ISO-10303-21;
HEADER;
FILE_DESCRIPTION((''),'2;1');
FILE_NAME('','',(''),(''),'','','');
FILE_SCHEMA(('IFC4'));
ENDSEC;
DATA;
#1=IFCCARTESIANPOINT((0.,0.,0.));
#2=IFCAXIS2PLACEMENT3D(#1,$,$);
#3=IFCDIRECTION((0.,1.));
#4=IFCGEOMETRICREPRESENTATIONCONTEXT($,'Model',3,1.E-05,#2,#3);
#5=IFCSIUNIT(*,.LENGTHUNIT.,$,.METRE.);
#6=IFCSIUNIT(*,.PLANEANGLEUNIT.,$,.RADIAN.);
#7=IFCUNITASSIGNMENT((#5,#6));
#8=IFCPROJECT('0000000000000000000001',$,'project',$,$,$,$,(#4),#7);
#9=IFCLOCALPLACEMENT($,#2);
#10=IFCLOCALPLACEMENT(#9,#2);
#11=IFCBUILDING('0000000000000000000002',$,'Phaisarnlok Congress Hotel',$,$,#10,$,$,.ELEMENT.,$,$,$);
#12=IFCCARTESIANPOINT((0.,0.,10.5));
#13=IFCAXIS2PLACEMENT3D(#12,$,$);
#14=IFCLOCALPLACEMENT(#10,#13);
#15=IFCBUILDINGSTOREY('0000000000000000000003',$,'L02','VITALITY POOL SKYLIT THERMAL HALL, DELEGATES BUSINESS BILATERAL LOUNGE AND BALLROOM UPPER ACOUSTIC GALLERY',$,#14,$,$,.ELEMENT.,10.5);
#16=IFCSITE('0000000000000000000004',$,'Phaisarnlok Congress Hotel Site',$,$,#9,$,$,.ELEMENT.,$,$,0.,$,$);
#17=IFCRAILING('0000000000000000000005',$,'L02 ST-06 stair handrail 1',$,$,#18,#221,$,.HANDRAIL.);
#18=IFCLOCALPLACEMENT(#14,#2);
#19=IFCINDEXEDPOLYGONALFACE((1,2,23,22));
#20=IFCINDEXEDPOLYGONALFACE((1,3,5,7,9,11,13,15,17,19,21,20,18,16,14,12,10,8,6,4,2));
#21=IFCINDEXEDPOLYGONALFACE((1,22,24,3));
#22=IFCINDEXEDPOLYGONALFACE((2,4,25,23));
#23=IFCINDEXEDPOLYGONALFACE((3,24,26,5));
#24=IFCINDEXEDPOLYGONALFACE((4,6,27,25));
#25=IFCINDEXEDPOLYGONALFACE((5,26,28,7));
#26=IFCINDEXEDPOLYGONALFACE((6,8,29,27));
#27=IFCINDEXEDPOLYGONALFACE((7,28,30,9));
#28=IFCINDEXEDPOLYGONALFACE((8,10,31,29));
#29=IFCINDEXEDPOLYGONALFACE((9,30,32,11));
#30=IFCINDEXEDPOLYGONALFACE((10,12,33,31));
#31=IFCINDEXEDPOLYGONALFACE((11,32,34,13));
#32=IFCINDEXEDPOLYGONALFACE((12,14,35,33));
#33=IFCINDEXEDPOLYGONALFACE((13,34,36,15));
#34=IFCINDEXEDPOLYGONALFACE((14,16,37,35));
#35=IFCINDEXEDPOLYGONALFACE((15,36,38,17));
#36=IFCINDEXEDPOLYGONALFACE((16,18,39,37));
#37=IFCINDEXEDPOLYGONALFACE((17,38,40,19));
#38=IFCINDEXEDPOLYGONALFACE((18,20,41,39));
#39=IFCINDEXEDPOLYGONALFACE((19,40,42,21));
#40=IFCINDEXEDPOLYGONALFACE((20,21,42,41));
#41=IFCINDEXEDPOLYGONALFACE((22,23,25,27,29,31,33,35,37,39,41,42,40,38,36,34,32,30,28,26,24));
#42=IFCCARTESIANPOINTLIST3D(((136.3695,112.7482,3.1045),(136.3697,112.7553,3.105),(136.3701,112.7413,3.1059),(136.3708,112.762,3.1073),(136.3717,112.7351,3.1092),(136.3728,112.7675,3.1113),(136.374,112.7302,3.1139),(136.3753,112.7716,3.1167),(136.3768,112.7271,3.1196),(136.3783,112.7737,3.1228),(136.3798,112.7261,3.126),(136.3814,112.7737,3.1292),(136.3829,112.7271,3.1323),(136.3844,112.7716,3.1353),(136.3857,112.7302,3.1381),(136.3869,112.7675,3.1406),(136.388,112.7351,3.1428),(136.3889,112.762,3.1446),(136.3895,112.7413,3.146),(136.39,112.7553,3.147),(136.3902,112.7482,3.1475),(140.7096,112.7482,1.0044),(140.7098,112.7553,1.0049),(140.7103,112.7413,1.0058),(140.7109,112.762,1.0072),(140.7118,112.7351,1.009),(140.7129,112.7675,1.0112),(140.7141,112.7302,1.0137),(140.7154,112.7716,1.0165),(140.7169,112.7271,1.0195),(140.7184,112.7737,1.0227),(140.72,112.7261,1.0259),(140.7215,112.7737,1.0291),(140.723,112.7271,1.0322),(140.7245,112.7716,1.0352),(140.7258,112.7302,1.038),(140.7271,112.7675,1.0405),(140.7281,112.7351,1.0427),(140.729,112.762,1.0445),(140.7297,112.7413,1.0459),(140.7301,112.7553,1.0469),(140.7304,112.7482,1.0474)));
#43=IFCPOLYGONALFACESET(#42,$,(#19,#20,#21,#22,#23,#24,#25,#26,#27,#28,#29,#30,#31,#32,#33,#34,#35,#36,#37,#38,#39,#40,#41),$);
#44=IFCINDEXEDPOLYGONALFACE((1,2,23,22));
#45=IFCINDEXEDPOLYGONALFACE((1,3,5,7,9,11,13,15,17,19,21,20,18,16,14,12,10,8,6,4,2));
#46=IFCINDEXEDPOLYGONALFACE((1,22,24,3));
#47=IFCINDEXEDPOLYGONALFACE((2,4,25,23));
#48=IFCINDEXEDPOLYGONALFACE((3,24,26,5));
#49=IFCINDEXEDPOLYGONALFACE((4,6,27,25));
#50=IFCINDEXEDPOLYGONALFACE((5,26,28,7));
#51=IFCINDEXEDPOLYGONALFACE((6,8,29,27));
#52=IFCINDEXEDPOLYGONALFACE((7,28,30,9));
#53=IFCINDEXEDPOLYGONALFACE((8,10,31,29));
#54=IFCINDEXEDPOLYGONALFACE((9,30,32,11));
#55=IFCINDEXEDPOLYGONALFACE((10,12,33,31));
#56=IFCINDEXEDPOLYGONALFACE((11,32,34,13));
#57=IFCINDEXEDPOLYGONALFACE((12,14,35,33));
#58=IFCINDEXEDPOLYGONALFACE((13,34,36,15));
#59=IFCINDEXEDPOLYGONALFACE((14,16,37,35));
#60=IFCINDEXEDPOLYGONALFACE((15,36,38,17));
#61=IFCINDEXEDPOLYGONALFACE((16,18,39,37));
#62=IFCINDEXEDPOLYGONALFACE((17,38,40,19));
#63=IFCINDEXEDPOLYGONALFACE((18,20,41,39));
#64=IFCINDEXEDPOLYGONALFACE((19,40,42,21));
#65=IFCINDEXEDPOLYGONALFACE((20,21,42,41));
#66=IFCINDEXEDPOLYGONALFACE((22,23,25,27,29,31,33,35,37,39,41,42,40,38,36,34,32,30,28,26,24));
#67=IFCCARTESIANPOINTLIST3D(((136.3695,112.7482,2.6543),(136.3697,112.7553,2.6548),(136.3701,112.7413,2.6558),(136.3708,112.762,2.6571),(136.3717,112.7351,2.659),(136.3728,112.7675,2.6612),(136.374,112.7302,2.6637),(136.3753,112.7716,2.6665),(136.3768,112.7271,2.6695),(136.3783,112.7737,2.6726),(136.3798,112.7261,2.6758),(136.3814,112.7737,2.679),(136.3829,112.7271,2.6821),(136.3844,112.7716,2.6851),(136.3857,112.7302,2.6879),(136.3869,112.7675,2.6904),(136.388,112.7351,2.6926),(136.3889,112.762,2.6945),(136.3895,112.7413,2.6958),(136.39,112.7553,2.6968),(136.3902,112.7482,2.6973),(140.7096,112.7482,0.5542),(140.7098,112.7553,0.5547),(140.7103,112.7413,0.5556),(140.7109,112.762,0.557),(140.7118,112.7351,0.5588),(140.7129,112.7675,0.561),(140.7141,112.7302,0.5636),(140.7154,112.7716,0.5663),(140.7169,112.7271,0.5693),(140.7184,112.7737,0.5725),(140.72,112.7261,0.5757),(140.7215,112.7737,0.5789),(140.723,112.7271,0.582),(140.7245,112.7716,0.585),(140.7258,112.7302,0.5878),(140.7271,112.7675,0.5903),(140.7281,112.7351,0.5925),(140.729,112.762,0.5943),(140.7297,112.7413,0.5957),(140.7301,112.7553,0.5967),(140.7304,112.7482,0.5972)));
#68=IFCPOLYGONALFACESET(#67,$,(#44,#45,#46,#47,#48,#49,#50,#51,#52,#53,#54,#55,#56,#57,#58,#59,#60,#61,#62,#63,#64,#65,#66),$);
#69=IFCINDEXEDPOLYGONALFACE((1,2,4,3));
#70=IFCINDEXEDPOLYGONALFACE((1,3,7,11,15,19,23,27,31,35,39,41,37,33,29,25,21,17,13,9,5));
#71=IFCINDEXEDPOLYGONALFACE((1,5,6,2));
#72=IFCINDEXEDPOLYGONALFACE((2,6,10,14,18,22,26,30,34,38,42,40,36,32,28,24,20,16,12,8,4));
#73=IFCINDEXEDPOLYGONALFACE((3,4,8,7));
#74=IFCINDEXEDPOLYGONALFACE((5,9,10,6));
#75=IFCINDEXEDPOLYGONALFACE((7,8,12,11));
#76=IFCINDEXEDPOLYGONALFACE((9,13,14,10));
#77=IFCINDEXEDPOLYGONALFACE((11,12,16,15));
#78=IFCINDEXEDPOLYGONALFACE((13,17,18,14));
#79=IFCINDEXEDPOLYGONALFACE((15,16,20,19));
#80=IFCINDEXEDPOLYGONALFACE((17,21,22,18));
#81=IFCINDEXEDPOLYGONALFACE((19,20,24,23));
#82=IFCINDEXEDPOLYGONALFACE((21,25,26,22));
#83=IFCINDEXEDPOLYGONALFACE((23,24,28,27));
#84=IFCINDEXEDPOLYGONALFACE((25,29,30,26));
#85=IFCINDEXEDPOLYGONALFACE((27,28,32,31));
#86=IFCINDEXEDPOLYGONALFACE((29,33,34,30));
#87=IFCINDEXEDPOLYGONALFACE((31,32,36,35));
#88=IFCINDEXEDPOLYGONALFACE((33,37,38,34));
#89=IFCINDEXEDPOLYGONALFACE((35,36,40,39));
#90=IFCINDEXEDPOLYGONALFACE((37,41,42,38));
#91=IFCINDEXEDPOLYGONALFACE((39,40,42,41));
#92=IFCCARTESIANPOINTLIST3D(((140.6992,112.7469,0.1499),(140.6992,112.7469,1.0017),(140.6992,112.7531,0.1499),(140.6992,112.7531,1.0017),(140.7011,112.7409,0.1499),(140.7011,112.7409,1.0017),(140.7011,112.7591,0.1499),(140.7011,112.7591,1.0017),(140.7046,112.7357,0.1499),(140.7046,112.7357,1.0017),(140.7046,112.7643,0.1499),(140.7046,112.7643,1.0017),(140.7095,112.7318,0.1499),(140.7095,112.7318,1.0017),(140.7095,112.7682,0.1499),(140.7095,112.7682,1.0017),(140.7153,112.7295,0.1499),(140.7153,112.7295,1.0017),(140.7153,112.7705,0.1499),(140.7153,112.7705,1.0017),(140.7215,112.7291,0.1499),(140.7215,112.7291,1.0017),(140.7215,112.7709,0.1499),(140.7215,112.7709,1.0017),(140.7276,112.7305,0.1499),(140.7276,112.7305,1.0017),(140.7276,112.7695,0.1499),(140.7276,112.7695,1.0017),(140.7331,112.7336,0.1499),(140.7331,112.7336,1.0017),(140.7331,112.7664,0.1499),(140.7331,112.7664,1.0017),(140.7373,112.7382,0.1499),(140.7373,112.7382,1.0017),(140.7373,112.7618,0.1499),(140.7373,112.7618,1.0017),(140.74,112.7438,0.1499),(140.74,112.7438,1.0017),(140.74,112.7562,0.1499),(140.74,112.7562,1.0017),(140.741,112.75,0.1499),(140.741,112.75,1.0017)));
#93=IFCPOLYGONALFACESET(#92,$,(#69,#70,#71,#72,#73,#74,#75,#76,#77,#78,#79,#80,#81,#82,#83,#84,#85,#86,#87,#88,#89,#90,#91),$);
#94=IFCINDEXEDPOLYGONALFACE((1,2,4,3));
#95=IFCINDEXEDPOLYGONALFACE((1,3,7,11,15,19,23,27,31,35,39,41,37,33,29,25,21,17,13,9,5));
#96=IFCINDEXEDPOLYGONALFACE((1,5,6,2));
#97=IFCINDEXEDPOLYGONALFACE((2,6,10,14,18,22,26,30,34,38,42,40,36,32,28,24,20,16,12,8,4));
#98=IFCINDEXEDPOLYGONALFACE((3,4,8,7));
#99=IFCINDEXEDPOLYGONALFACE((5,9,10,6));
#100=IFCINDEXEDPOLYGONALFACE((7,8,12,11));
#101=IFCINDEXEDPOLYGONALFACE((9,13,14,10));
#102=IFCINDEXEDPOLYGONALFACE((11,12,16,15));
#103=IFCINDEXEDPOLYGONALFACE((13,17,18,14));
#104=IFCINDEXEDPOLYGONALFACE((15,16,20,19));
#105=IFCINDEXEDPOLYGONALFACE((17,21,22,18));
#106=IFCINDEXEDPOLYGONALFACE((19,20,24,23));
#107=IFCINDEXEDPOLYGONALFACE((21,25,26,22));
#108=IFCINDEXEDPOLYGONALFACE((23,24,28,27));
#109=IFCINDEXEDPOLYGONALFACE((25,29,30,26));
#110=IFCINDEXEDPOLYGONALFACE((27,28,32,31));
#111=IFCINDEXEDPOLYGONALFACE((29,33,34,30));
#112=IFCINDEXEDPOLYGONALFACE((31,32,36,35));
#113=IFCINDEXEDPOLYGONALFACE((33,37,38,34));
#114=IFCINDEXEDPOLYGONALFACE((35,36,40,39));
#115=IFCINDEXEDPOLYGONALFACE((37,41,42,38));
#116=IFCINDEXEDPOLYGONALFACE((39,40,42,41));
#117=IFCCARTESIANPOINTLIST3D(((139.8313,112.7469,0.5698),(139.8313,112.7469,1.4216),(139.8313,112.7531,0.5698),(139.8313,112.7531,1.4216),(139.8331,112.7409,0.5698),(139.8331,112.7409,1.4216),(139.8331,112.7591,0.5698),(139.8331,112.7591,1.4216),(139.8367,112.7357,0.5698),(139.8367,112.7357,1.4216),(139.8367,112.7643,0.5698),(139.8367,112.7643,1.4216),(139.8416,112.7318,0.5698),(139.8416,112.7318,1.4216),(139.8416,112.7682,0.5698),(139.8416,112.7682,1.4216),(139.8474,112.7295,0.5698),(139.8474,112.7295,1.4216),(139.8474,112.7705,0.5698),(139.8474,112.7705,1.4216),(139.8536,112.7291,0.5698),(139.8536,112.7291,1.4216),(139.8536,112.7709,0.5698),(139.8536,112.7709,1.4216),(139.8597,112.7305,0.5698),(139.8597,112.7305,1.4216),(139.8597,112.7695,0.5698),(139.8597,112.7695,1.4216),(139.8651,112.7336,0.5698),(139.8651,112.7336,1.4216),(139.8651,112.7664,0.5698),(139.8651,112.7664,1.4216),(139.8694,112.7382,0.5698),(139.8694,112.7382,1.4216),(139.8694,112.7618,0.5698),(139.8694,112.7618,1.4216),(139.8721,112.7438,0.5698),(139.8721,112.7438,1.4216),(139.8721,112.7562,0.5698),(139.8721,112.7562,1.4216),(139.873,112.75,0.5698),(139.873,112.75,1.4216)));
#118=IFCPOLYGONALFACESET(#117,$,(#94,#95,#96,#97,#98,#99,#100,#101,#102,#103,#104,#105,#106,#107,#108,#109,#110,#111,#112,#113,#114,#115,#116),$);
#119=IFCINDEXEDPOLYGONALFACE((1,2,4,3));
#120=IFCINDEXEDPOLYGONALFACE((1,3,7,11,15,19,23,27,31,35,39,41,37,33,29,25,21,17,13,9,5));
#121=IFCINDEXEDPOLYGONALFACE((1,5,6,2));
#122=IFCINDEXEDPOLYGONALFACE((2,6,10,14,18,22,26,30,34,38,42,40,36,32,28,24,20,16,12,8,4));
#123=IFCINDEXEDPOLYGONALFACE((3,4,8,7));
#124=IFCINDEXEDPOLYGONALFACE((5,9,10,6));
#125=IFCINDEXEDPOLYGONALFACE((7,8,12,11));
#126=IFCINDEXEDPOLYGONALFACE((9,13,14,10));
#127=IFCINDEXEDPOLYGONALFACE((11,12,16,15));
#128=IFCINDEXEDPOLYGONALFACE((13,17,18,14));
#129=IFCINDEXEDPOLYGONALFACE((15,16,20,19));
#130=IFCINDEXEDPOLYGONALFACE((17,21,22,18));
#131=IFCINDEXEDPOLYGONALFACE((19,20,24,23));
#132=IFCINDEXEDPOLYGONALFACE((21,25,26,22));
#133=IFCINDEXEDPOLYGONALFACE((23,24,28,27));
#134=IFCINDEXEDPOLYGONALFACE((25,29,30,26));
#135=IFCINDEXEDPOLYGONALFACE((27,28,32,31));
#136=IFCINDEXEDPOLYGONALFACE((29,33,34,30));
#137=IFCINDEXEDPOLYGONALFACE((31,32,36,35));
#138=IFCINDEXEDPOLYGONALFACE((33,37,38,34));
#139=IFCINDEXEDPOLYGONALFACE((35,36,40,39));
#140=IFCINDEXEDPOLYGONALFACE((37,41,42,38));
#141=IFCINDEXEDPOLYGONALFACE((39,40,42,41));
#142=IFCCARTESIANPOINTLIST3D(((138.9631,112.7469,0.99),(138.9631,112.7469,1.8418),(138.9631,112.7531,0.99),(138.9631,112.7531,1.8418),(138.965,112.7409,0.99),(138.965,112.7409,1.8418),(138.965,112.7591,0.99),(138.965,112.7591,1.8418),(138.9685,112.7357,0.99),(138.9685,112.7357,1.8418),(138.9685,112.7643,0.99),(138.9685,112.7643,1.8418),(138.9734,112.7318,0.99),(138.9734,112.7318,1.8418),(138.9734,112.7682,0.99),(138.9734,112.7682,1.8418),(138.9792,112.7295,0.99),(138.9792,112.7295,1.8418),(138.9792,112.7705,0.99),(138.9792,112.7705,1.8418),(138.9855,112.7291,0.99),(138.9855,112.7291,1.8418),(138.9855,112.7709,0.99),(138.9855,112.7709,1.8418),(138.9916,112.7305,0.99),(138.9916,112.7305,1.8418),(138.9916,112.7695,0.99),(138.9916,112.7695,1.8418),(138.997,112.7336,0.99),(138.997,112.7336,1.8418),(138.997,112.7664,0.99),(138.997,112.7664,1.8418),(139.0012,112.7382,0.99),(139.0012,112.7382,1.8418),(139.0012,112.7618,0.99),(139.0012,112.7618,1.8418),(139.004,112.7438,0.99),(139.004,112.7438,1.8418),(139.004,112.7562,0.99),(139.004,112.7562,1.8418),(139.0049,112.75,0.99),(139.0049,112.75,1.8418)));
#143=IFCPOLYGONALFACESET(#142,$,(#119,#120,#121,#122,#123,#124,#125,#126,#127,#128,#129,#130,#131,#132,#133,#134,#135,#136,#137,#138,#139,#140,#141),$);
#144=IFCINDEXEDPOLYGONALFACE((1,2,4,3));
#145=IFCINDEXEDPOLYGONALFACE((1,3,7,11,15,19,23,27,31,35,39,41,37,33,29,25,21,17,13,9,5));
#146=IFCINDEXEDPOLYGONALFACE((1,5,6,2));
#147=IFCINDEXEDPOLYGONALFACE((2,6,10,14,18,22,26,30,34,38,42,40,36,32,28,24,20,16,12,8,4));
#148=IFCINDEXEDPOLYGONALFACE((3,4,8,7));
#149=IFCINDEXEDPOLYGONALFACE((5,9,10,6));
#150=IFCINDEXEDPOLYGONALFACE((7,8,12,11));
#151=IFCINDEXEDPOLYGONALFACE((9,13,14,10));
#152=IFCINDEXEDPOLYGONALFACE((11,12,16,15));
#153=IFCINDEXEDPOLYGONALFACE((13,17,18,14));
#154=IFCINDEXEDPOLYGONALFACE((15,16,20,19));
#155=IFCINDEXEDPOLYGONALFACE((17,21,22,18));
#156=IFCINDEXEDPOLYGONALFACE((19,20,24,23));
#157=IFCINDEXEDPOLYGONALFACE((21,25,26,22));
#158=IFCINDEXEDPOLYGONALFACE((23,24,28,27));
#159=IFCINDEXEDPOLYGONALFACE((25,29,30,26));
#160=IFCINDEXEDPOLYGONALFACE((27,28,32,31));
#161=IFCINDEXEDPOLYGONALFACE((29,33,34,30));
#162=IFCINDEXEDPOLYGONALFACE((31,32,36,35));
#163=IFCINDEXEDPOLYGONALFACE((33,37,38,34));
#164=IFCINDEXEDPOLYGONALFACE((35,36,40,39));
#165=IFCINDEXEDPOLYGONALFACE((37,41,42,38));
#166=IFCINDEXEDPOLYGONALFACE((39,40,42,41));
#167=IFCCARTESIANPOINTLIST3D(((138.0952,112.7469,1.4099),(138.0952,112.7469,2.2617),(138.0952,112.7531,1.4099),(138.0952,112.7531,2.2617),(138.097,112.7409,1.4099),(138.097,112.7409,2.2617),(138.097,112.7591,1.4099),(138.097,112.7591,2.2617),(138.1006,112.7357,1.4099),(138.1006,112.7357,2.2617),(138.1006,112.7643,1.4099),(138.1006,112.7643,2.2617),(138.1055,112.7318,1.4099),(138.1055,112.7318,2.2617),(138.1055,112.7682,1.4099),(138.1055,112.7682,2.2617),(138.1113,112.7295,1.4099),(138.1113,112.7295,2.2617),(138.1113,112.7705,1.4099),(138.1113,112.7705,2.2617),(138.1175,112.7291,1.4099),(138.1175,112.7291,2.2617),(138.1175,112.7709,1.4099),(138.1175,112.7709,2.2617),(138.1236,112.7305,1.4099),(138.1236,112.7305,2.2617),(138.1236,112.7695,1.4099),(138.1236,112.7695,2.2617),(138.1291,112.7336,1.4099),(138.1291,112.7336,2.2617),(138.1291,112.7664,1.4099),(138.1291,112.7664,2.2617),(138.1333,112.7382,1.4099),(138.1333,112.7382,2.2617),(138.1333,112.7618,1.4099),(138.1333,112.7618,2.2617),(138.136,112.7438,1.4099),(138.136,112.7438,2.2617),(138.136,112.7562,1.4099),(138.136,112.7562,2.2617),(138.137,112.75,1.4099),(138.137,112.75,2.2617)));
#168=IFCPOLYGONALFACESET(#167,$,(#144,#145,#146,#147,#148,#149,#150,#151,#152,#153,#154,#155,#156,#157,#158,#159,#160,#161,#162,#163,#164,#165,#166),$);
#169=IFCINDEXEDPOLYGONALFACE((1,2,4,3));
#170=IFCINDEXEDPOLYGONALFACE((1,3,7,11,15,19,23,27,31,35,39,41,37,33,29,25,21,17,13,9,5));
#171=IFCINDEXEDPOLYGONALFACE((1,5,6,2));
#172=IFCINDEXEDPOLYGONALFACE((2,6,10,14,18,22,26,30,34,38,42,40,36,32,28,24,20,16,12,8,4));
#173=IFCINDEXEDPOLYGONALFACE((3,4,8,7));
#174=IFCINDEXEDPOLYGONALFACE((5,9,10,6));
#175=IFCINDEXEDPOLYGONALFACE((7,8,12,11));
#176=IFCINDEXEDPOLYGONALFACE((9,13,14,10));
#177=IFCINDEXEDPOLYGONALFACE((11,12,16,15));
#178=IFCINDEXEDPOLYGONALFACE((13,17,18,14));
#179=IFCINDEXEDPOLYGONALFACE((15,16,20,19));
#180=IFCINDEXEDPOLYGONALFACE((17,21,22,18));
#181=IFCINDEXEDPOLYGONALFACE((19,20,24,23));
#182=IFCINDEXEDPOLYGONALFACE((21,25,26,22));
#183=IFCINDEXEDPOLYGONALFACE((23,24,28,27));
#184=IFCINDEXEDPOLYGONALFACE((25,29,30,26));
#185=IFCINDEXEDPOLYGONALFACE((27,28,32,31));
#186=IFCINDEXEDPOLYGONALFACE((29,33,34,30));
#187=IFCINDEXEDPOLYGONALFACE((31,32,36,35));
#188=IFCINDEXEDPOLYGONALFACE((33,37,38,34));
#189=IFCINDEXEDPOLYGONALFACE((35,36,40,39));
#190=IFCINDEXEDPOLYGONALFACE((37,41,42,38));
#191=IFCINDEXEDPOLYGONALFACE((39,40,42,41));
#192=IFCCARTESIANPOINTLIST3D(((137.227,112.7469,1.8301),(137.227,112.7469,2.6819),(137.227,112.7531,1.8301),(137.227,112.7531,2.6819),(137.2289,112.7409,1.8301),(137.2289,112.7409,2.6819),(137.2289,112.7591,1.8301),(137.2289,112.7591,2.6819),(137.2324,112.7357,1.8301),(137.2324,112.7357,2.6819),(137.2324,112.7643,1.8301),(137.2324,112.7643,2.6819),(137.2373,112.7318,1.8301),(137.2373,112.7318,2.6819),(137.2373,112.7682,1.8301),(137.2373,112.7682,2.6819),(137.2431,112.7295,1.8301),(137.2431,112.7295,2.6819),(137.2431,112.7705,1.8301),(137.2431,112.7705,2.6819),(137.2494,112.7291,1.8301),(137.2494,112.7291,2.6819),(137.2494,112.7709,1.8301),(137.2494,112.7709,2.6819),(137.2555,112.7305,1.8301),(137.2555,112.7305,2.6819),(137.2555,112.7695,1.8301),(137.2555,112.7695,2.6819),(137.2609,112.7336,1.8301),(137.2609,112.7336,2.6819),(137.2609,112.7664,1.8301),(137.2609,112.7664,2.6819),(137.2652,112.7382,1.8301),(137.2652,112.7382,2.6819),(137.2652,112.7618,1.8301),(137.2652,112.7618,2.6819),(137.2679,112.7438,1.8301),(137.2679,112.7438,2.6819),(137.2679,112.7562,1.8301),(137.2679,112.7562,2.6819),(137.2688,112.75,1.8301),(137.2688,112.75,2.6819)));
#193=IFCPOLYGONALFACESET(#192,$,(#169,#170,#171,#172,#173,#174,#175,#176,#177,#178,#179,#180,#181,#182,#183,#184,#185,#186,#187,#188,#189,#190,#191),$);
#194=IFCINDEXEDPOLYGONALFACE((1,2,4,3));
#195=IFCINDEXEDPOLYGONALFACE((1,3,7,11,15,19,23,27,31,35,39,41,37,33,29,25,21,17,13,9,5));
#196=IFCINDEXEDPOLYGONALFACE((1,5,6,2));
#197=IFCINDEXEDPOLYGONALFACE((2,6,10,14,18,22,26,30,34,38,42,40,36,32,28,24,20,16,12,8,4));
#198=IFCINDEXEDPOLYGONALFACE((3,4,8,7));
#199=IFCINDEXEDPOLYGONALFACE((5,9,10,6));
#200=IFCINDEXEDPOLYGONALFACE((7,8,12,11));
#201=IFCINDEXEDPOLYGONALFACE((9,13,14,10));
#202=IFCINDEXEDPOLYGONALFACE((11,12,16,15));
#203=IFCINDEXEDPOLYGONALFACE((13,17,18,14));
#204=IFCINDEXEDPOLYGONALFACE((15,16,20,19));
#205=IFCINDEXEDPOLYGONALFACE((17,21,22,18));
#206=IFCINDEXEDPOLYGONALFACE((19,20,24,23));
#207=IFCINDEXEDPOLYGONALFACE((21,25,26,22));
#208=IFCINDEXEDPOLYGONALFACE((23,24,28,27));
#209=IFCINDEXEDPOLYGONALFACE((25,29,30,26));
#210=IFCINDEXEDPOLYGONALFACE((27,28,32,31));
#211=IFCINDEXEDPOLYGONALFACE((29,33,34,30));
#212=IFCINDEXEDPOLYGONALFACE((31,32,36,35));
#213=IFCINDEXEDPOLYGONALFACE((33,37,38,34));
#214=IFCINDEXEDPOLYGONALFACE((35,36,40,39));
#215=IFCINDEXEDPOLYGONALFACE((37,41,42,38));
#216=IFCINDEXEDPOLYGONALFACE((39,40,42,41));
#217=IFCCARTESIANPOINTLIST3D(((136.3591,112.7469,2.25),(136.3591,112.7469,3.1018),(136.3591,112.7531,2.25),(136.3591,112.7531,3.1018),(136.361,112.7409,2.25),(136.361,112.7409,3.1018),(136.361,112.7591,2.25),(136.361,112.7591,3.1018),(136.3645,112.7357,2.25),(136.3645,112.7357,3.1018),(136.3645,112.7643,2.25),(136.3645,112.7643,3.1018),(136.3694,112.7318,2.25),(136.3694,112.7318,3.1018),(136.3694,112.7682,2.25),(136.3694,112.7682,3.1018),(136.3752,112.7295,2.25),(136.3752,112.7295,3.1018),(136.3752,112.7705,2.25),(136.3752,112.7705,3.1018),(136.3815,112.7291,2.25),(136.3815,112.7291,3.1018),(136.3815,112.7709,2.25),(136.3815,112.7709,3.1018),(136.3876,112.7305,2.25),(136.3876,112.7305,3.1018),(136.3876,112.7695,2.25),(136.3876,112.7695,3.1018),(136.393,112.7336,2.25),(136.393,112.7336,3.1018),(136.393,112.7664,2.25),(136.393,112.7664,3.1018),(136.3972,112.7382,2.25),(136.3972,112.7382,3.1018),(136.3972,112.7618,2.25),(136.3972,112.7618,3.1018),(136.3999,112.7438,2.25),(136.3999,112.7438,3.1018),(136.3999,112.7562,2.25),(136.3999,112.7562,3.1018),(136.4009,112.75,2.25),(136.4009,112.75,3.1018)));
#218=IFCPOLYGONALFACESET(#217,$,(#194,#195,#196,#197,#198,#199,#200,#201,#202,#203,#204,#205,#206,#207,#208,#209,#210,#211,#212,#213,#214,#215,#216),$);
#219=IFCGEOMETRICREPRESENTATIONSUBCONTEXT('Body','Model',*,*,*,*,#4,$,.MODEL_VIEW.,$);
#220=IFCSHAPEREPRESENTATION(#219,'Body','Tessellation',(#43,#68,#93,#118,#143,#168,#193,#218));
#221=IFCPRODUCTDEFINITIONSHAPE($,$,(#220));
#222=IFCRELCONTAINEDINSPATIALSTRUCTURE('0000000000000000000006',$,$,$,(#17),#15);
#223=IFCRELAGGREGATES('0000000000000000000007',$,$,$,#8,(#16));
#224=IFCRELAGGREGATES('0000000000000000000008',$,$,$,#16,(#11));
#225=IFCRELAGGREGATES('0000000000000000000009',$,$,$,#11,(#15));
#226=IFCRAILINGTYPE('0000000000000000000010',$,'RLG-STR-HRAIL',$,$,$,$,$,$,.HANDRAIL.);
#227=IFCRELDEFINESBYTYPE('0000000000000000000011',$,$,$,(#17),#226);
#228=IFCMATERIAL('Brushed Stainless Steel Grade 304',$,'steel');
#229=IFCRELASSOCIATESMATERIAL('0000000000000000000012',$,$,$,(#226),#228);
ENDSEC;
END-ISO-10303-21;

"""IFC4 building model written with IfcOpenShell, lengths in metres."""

from ifc_helpers import new_model, si_unit, direction, frame, origin, origin_2d, place, context, subcontext, project, spatial, circle, extrude, material, type_object, element, save


model = new_model("IFC4")

# Units and contexts
model_context = context("Model", 3, precision=1e-05, world=origin(), true_north=direction((0.0, 1.0)))
body_context = subcontext(model_context, "Body", "Model", "MODEL_VIEW")
ifc_project = project(units=[si_unit("LENGTHUNIT", "METRE"), si_unit("PLANEANGLEUNIT", "RADIAN")], contexts=[model_context])

# Site, building, storey
site_placement = place(None, origin())
site = spatial("IfcSite", under=ifc_project, at=site_placement, Name="Phaisarnlok Congress Hotel Site", CompositionType="ELEMENT", RefElevation=0.0)
building_placement = place(site_placement, origin())
building = spatial("IfcBuilding", under=site, at=building_placement, Name="Phaisarnlok Congress Hotel", CompositionType="ELEMENT")
storey_placement = place(building_placement, frame((0.0, 0.0, 10.5)))
storey = spatial("IfcBuildingStorey", under=building, at=storey_placement, Name="L02", Description="VITALITY POOL SKYLIT THERMAL HALL, DELEGATES BUSINESS BILATERAL LOUNGE AND BALLROOM UPPER ACOUSTIC GALLERY", CompositionType="ELEMENT", Elevation=10.5)

# Shared definitions
ifc_material_1 = material(Name="Brushed Stainless Steel Grade 304", Category="steel")

# Railing
railing_type_1 = type_object("IfcRailingType", Name="RLG-STR-HRAIL", PredefinedType="HANDRAIL", material=ifc_material_1)
railing_1_placement = place(storey_placement, frame((140.72, 112.75, 0.1499)))
element("IfcRailing", 1, at=railing_1_placement, inside=storey, type_object=railing_type_1, Name="L02 ST-06 stair handrail 1", PredefinedType="HANDRAIL", context=body_context, shape_type="SweptSolid", body=[
    extrude(circle(Radius=0.0239, at=origin_2d()), frame((0.0, 0.0, 0.876), z_axis=(-0.900155, 0.0, 0.43557), x_axis=(0.0, -1.0, 0.0)), (0.0, 0.0, 1.0), 4.8215),
    extrude(circle(Radius=0.0239, at=origin_2d()), frame((0.0, 0.0, 0.4258), z_axis=(-0.900155, 0.0, 0.43557), x_axis=(0.0, -1.0, 0.0)), (0.0, 0.0, 1.0), 4.8215),
    extrude(circle(Radius=0.021, at=origin_2d()), origin(), (0.0, 0.0, 1.0), 0.8518),
    extrude(circle(Radius=0.021, at=origin_2d()), frame((-0.8679, 0.0, 0.4199)), (0.0, 0.0, 1.0), 0.8518),
    extrude(circle(Radius=0.021, at=origin_2d()), frame((-1.7361, 0.0, 0.8401)), (0.0, 0.0, 1.0), 0.8518),
    extrude(circle(Radius=0.021, at=origin_2d()), frame((-2.604, 0.0, 1.26)), (0.0, 0.0, 1.0), 0.8518),
    extrude(circle(Radius=0.021, at=origin_2d()), frame((-3.4722, 0.0, 1.6802)), (0.0, 0.0, 1.0), 0.8518),
    extrude(circle(Radius=0.021, at=origin_2d()), frame((-4.3401, 0.0, 2.1001)), (0.0, 0.0, 1.0), 0.8518),
])

save(model, "model.ifc")
